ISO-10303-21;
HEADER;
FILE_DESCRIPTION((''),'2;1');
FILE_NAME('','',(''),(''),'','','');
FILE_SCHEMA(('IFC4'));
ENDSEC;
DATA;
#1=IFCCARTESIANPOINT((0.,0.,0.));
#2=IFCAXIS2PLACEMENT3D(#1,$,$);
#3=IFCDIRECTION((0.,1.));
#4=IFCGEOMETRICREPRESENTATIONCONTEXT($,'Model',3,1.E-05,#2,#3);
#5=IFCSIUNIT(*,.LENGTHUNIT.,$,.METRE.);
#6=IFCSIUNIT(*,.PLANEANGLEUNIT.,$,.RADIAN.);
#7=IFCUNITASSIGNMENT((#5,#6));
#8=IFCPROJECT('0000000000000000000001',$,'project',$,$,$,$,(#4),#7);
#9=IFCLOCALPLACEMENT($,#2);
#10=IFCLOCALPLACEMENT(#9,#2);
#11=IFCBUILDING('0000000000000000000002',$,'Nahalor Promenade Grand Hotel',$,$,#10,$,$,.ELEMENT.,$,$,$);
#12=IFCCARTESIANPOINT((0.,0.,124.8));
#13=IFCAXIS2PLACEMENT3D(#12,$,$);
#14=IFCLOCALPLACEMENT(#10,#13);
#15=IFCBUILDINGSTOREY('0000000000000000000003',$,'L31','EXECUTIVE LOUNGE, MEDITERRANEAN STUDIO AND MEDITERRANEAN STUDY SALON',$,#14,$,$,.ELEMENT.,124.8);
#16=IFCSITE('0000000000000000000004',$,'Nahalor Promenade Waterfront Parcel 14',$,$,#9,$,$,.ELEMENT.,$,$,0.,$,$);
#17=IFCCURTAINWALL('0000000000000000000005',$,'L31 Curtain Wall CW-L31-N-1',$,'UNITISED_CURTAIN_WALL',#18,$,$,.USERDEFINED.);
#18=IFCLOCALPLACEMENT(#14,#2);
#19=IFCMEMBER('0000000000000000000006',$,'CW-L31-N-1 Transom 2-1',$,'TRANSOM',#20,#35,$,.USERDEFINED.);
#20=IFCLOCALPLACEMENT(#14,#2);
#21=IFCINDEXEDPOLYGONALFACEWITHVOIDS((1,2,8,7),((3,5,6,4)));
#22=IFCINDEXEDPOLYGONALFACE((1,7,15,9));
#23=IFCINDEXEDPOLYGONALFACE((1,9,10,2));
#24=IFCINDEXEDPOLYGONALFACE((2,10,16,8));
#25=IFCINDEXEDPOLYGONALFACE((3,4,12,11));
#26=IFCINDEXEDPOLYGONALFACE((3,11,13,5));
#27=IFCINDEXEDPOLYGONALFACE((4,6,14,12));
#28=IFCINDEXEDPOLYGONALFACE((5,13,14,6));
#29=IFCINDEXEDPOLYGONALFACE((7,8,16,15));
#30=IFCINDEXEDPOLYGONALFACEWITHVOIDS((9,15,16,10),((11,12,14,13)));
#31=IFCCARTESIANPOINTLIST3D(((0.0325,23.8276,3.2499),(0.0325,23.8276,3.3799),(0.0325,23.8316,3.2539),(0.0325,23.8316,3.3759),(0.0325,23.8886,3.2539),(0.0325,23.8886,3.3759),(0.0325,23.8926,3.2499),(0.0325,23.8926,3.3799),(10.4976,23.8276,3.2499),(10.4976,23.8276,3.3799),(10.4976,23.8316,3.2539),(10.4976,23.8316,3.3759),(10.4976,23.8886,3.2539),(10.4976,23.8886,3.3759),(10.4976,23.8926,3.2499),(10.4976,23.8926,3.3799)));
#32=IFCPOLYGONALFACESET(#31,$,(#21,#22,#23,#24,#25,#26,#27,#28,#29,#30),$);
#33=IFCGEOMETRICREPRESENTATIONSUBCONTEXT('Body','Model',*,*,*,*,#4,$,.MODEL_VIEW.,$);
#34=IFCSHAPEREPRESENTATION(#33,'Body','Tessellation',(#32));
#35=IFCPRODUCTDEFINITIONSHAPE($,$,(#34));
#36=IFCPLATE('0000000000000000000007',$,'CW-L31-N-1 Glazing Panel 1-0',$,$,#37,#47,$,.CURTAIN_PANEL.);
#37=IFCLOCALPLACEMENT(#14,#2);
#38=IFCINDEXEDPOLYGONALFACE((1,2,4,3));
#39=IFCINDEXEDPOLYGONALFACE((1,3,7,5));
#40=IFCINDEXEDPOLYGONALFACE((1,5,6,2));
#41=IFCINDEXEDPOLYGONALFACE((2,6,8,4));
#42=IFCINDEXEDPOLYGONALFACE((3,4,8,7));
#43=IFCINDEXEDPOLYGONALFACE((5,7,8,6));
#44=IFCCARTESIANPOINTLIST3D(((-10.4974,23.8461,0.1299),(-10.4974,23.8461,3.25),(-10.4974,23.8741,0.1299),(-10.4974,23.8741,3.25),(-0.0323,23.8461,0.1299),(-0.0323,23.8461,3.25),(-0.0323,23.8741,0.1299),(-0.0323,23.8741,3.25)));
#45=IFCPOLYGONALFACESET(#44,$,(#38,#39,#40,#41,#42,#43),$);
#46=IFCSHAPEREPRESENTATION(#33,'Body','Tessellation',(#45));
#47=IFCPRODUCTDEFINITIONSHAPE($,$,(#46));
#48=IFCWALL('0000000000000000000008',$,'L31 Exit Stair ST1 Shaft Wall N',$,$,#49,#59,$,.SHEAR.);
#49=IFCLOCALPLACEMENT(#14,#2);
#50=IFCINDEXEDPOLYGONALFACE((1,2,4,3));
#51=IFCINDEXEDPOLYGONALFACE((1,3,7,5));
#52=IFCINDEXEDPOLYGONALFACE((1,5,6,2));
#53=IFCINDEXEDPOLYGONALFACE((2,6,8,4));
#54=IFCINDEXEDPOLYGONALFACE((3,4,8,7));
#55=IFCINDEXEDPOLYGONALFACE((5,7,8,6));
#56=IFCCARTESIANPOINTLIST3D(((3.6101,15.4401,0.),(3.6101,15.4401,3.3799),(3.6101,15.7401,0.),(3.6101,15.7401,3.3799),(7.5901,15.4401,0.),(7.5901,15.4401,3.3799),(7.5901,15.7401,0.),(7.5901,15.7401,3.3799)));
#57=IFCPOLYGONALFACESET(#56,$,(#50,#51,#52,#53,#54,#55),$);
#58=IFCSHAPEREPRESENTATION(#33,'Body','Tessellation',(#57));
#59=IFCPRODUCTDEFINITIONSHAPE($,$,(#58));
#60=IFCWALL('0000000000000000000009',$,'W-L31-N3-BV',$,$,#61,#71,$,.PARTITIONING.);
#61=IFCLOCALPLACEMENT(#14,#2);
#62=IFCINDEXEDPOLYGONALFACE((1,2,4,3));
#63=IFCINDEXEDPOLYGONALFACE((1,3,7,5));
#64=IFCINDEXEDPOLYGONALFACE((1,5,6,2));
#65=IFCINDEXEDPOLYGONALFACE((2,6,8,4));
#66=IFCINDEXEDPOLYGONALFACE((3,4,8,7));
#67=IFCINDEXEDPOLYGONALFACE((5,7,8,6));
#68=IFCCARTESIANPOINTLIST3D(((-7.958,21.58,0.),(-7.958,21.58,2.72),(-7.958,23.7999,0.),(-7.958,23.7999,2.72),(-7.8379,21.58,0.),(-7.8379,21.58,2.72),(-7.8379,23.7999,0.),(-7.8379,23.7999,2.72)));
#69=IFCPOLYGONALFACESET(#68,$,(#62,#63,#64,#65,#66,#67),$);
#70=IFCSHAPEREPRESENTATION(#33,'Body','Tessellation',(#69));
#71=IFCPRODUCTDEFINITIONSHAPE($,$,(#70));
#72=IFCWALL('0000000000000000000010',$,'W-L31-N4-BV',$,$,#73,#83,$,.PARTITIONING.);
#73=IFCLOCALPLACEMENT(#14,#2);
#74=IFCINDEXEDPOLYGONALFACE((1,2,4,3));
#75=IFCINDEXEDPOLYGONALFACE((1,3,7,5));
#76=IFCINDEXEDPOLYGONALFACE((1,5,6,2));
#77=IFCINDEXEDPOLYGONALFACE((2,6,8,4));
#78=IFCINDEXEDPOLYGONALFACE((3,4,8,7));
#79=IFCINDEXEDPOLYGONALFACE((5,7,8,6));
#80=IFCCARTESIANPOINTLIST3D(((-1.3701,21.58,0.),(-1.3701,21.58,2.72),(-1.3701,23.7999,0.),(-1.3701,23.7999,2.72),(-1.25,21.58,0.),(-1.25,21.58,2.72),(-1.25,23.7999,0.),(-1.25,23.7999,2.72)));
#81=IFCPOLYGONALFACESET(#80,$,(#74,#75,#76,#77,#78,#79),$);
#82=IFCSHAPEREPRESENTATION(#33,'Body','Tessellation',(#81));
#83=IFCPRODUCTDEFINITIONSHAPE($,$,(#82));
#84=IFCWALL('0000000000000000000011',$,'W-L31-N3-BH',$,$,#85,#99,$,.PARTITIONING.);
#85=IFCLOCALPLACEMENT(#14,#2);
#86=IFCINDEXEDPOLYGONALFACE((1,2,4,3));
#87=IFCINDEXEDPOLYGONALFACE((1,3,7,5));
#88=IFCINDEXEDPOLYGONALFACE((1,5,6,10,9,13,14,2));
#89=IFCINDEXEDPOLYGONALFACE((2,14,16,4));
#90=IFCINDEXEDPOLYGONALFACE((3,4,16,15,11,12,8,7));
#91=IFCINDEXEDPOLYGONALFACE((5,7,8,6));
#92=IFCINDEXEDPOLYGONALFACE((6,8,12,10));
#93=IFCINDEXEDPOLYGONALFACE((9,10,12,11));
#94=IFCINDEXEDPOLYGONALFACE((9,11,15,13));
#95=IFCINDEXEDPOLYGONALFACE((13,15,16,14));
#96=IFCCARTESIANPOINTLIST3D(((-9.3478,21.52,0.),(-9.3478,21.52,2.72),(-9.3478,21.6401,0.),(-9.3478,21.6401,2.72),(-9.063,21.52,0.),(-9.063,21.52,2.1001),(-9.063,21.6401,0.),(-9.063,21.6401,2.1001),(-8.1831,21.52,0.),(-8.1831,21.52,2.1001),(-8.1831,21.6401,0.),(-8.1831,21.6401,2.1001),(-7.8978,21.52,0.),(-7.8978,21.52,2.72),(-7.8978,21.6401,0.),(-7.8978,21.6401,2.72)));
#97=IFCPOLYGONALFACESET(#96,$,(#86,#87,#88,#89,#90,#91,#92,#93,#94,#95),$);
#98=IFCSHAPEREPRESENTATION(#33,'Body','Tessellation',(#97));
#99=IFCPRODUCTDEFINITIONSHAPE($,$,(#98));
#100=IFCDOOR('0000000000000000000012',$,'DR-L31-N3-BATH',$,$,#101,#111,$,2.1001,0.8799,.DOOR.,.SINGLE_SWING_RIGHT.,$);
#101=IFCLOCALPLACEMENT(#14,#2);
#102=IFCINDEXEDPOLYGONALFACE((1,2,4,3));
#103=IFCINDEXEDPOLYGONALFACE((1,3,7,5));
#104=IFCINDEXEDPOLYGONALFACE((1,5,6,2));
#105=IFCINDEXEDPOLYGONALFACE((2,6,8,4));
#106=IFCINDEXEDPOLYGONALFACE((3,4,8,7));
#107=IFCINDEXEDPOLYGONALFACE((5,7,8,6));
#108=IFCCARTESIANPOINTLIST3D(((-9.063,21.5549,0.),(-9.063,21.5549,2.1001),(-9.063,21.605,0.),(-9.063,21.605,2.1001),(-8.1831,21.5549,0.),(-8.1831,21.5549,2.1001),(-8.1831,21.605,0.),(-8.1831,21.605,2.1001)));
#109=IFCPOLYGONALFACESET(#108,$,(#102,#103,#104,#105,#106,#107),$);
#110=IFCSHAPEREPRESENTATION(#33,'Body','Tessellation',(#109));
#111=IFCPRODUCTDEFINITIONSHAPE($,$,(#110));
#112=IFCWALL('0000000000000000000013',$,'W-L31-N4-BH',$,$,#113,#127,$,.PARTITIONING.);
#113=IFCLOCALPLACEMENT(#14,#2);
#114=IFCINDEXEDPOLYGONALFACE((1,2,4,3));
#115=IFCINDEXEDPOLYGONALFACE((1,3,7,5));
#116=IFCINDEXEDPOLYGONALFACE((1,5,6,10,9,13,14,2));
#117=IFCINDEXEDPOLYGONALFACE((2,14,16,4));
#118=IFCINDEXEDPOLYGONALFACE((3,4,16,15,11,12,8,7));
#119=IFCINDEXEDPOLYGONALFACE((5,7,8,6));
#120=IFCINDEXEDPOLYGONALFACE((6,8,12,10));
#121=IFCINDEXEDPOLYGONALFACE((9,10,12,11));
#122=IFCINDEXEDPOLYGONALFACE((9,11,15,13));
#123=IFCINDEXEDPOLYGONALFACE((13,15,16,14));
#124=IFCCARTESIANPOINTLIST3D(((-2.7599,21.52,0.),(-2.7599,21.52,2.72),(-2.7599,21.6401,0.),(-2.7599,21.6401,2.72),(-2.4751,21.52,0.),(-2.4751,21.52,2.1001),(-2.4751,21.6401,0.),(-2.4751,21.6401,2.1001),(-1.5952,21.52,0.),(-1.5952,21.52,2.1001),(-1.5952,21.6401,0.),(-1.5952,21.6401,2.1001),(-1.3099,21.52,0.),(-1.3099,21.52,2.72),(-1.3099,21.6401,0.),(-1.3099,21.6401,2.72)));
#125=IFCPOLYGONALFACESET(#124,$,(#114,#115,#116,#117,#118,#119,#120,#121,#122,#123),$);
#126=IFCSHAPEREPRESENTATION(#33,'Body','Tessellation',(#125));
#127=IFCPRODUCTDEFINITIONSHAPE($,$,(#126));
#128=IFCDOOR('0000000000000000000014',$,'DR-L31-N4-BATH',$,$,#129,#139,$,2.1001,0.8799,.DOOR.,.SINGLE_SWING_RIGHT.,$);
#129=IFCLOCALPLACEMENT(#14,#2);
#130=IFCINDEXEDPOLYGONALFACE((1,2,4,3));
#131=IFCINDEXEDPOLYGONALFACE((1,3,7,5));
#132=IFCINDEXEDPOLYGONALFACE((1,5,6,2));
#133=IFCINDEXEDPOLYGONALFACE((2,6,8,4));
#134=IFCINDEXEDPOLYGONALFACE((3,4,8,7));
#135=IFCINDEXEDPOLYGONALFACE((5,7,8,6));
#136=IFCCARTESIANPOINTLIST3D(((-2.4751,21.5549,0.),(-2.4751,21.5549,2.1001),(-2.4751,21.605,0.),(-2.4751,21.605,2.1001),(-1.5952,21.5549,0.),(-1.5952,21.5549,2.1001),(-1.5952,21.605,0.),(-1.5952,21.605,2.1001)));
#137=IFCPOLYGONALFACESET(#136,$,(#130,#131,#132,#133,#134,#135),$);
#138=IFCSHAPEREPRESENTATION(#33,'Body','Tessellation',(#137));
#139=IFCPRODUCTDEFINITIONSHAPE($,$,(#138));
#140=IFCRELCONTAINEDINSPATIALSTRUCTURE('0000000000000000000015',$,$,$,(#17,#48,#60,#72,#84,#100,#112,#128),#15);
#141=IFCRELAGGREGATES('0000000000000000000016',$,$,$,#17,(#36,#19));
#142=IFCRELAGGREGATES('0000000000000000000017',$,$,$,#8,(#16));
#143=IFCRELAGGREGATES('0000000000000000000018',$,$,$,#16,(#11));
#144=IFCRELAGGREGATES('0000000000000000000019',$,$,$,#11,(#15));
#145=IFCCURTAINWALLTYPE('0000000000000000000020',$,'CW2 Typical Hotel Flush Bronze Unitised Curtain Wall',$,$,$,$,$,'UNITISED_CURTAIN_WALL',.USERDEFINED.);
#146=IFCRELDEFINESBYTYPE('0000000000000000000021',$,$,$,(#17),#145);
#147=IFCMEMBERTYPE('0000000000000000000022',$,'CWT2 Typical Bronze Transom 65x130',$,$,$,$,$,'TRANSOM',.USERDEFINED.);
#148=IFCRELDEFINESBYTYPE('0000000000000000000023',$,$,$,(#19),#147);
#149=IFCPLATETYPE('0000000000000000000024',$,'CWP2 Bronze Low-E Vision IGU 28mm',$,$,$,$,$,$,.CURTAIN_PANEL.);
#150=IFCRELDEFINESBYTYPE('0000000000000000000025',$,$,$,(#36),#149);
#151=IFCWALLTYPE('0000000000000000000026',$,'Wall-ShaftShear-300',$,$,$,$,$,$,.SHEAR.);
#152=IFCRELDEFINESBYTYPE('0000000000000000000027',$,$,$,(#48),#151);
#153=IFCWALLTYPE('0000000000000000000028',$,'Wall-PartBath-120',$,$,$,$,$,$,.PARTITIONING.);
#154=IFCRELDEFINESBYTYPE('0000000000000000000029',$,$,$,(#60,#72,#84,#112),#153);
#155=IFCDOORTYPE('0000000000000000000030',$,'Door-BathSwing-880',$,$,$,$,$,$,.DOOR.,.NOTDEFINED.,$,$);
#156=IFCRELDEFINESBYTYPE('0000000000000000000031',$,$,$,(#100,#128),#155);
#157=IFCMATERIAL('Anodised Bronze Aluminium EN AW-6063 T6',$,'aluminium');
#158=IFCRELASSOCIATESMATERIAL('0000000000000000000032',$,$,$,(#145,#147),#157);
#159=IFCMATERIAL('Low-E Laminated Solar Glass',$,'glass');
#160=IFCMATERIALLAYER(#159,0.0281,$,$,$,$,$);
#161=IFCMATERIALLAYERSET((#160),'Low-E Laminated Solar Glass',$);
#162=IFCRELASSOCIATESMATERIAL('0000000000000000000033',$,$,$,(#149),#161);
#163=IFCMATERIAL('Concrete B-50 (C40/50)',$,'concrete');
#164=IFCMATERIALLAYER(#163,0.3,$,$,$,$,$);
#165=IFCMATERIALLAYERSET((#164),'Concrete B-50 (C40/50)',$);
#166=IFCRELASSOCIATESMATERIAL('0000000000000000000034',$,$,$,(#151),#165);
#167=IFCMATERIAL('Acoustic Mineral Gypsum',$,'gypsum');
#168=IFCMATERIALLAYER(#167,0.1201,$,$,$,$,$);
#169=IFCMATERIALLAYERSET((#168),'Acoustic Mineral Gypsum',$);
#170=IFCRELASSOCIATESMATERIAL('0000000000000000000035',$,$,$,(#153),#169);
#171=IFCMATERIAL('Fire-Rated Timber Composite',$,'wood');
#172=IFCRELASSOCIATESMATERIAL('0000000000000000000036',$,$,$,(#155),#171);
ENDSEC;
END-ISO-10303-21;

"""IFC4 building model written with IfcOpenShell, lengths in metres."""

from ifc_helpers import new_model, si_unit, direction, frame, frame_2d, origin, origin_2d, place, context, subcontext, project, spatial, rectangle, hollow_rectangle, extrude, source, transform, mapped, material, layer, layer_set, material_profile, profile_set, type_object, element, fill, aggregate, save


model = new_model("IFC4")

# Units and contexts
model_context = context("Model", 3, precision=1e-05, world=origin(), true_north=direction((0.0, 1.0)))
body_context = subcontext(model_context, "Body", "Model", "MODEL_VIEW")
ifc_project = project(units=[si_unit("LENGTHUNIT", "METRE"), si_unit("PLANEANGLEUNIT", "RADIAN")], contexts=[model_context])

# Site, building, storey
site_placement = place(None, origin())
site = spatial("IfcSite", under=ifc_project, at=site_placement, Name="Nahalor Promenade Waterfront Parcel 14", CompositionType="ELEMENT", RefElevation=0.0)
building_placement = place(site_placement, origin())
building = spatial("IfcBuilding", under=site, at=building_placement, Name="Nahalor Promenade Grand Hotel", CompositionType="ELEMENT")
storey_placement = place(building_placement, frame((0.0, 0.0, 124.8)))
storey = spatial("IfcBuildingStorey", under=building, at=storey_placement, Name="L31", Description="EXECUTIVE LOUNGE, MEDITERRANEAN STUDIO AND MEDITERRANEAN STUDY SALON", CompositionType="ELEMENT", Elevation=124.8)

# Curtain wall, member, plate
ifc_material_1 = material(Name="Anodised Bronze Aluminium EN AW-6063 T6", Category="aluminium")
curtain_wall_type = type_object("IfcCurtainWallType", Name="CW2 Typical Hotel Flush Bronze Unitised Curtain Wall", ElementType="UNITISED_CURTAIN_WALL", PredefinedType="USERDEFINED", material=ifc_material_1)
curtain_wall_placement = place(storey_placement, origin())
curtain_wall = element("IfcCurtainWall", 1, at=curtain_wall_placement, inside=storey, type_object=curtain_wall_type, Name="L31 Curtain Wall CW-L31-N-1", ObjectType="UNITISED_CURTAIN_WALL", PredefinedType="USERDEFINED")
ifc_material_profile_1 = material_profile(ifc_material_1, hollow_rectangle(XDim=0.065, YDim=0.13, WallThickness=0.004, at=origin_2d()), Name="CWT 65x130x4")
ifc_profile_set_1 = profile_set([ifc_material_profile_1], Name="Anodised Bronze Aluminium EN AW-6063 T6")
member_type_1 = type_object("IfcMemberType", Name="CWT2 Typical Bronze Transom 65x130", ElementType="TRANSOM", PredefinedType="USERDEFINED", material=ifc_profile_set_1)
shared_shape_1 = source(origin(), body_context, "Body", "SweptSolid", [
    extrude(hollow_rectangle(XDim=0.065, YDim=0.13, WallThickness=0.004, at=origin_2d()), origin(), (0.0, 0.0, 1.0), 10.4651),
])
member_1_placement = place(storey_placement, frame((0.0325, 23.8601, 3.3149), z_axis=(1.0, 0.0, 0.0), x_axis=(0.0, 1.0, 0.0)))
member_1 = element("IfcMember", 2, at=member_1_placement, type_object=member_type_1, Name="CW-L31-N-1 Transom 2-1", ObjectType="TRANSOM", PredefinedType="USERDEFINED", context=body_context, shape_type="MappedRepresentation", body=[
    mapped(shared_shape_1, transform((0.0, 0.0, 0.0), scale=1.0)),
])
ifc_material_2 = material(Name="Low-E Laminated Solar Glass", Category="glass")
ifc_layer_1 = layer(ifc_material_2, 0.0281)
ifc_layer_set_1 = layer_set([ifc_layer_1], Name="Low-E Laminated Solar Glass")
plate_type = type_object("IfcPlateType", Name="CWP2 Bronze Low-E Vision IGU 28mm", PredefinedType="CURTAIN_PANEL", material=ifc_layer_set_1)
shared_shape_2 = source(origin(), body_context, "Body", "SweptSolid", [
    extrude(rectangle(XDim=10.4651, YDim=0.0281, at=origin_2d()), origin(), (0.0, 0.0, 1.0), 3.1201),
])
plate_placement = place(storey_placement, frame((-5.2649, 23.8601, 0.1299), z_axis=(0.0, 0.0, 1.0), x_axis=(1.0, 0.0, 0.0)))
plate = element("IfcPlate", 3, at=plate_placement, type_object=plate_type, Name="CW-L31-N-1 Glazing Panel 1-0", PredefinedType="CURTAIN_PANEL", context=body_context, shape_type="MappedRepresentation", body=[
    mapped(shared_shape_2, transform((0.0, 0.0, 0.0), scale=1.0)),
])
aggregate(curtain_wall, [plate, member_1])

# Walls
ifc_material_3 = material(Name="Concrete B-50 (C40/50)", Category="concrete")
ifc_layer_2 = layer(ifc_material_3, 0.3)
ifc_layer_set_2 = layer_set([ifc_layer_2], Name="Concrete B-50 (C40/50)")
wall_type_1 = type_object("IfcWallType", Name="Wall-ShaftShear-300", PredefinedType="SHEAR", material=ifc_layer_set_2)
shared_shape_3 = source(origin(), body_context, "Body", "SweptSolid", [
    extrude(rectangle(XDim=3.98, YDim=0.3, at=frame_2d((1.99, 0.0))), origin(), (0.0, 0.0, 1.0), 3.3799),
])
wall_1_placement = place(storey_placement, frame((3.6101, 15.5901, 0.0), z_axis=(0.0, 0.0, 1.0), x_axis=(1.0, 0.0, 0.0)))
element("IfcWall", 4, at=wall_1_placement, inside=storey, type_object=wall_type_1, Name="L31 Exit Stair ST1 Shaft Wall N", PredefinedType="SHEAR", context=body_context, shape_type="MappedRepresentation", body=[
    mapped(shared_shape_3, transform((0.0, 0.0, 0.0), scale=1.0)),
])
ifc_material_4 = material(Name="Acoustic Mineral Gypsum", Category="gypsum")
ifc_layer_3 = layer(ifc_material_4, 0.1201)
ifc_layer_set_3 = layer_set([ifc_layer_3], Name="Acoustic Mineral Gypsum")
wall_type_2 = type_object("IfcWallType", Name="Wall-PartBath-120", PredefinedType="PARTITIONING", material=ifc_layer_set_3)
shared_shape_4 = source(origin(), body_context, "Body", "SweptSolid", [
    extrude(rectangle(XDim=2.22, YDim=0.1201, at=frame_2d((1.1099, 0.0))), origin(), (0.0, 0.0, 1.0), 2.72),
])
for number, where, z_axis, x_axis, name in (
    (5, (-7.8979, 21.5801, 0.0), (0.0, 0.0, 1.0), (0.0, 1.0, 0.0), "W-L31-N3-BV"),
    (6, (-1.3101, 21.5801, 0.0), (0.0, 0.0, 1.0), (0.0, 1.0, 0.0), "W-L31-N4-BV"),
):
    element("IfcWall", number, at=place(storey_placement, frame(where, z_axis=z_axis, x_axis=x_axis)), inside=storey, type_object=wall_type_2, Name=name, PredefinedType="PARTITIONING", context=body_context, shape_type="MappedRepresentation", body=[
        mapped(shared_shape_4, transform((0.0, 0.0, 0.0), scale=1.0)),
    ])

# Walls, openings, doors
shared_shape_5 = source(origin(), body_context, "Body", "SweptSolid", [
    extrude(rectangle(XDim=1.45, YDim=0.1201, at=frame_2d((0.7251, 0.0))), origin(), (0.0, 0.0, 1.0), 2.72),
])
wall_2_placement = place(storey_placement, frame((-9.3479, 21.5801, 0.0), z_axis=(0.0, 0.0, 1.0), x_axis=(1.0, 0.0, 0.0)))
wall_2 = element("IfcWall", 7, at=wall_2_placement, inside=storey, type_object=wall_type_2, Name="W-L31-N3-BH", PredefinedType="PARTITIONING", context=body_context, shape_type="MappedRepresentation", body=[
    mapped(shared_shape_5, transform((0.0, 0.0, 0.0), scale=1.0)),
])
opening_1_placement = place(wall_2_placement, frame((0.2849, 0.0, 0.0)))
opening_1 = element("IfcOpeningElement", 8, at=opening_1_placement, cuts=wall_2, PredefinedType="OPENING", context=body_context, shape_type="SweptSolid", body=[
    extrude(rectangle(XDim=0.8799, YDim=2.1001, at=frame_2d((0.4399, 1.05))), frame((0.0, 0.0701, 0.0), z_axis=(0.0, -1.0, 0.0), x_axis=(1.0, 0.0, 0.0)), (0.0, 0.0, 1.0), 0.1401),
])
ifc_material_5 = material(Name="Fire-Rated Timber Composite", Category="wood")
door_type = type_object("IfcDoorType", Name="Door-BathSwing-880", OperationType="NOTDEFINED", PredefinedType="DOOR", material=ifc_material_5)
shared_shape_6 = source(origin(), body_context, "Body", "SweptSolid", [
    extrude(rectangle(XDim=0.8799, YDim=2.1001, at=frame_2d((0.4399, 1.05))), frame((0.0, 0.0249, 0.0), z_axis=(0.0, -1.0, 0.0), x_axis=(1.0, 0.0, 0.0)), (0.0, 0.0, 1.0), 0.05),
])
door_1_placement = place(opening_1_placement, origin())
door_1 = element("IfcDoor", 9, at=door_1_placement, inside=storey, type_object=door_type, Name="DR-L31-N3-BATH", OperationType="SINGLE_SWING_RIGHT", OverallHeight=2.1001, OverallWidth=0.8799, PredefinedType="DOOR", context=body_context, shape_type="MappedRepresentation", body=[
    mapped(shared_shape_6, transform((0.0, 0.0, 0.0), scale=1.0)),
])
fill(opening_1, door_1)
wall_3_placement = place(storey_placement, frame((-2.76, 21.5801, 0.0), z_axis=(0.0, 0.0, 1.0), x_axis=(1.0, 0.0, 0.0)))
wall_3 = element("IfcWall", 10, at=wall_3_placement, inside=storey, type_object=wall_type_2, Name="W-L31-N4-BH", PredefinedType="PARTITIONING", context=body_context, shape_type="MappedRepresentation", body=[
    mapped(shared_shape_5, transform((0.0, 0.0, 0.0), scale=1.0)),
])
opening_2_placement = place(wall_3_placement, frame((0.2849, 0.0, 0.0)))
opening_2 = element("IfcOpeningElement", 11, at=opening_2_placement, cuts=wall_3, PredefinedType="OPENING", context=body_context, shape_type="SweptSolid", body=[
    extrude(rectangle(XDim=0.8799, YDim=2.1001, at=frame_2d((0.4399, 1.05))), frame((0.0, 0.0701, 0.0), z_axis=(0.0, -1.0, 0.0), x_axis=(1.0, 0.0, 0.0)), (0.0, 0.0, 1.0), 0.1401),
])
door_2_placement = place(opening_2_placement, origin())
door_2 = element("IfcDoor", 12, at=door_2_placement, inside=storey, type_object=door_type, Name="DR-L31-N4-BATH", OperationType="SINGLE_SWING_RIGHT", OverallHeight=2.1001, OverallWidth=0.8799, PredefinedType="DOOR", context=body_context, shape_type="MappedRepresentation", body=[
    mapped(shared_shape_6, transform((0.0, 0.0, 0.0), scale=1.0)),
])
fill(opening_2, door_2)

save(model, "model.ifc")
